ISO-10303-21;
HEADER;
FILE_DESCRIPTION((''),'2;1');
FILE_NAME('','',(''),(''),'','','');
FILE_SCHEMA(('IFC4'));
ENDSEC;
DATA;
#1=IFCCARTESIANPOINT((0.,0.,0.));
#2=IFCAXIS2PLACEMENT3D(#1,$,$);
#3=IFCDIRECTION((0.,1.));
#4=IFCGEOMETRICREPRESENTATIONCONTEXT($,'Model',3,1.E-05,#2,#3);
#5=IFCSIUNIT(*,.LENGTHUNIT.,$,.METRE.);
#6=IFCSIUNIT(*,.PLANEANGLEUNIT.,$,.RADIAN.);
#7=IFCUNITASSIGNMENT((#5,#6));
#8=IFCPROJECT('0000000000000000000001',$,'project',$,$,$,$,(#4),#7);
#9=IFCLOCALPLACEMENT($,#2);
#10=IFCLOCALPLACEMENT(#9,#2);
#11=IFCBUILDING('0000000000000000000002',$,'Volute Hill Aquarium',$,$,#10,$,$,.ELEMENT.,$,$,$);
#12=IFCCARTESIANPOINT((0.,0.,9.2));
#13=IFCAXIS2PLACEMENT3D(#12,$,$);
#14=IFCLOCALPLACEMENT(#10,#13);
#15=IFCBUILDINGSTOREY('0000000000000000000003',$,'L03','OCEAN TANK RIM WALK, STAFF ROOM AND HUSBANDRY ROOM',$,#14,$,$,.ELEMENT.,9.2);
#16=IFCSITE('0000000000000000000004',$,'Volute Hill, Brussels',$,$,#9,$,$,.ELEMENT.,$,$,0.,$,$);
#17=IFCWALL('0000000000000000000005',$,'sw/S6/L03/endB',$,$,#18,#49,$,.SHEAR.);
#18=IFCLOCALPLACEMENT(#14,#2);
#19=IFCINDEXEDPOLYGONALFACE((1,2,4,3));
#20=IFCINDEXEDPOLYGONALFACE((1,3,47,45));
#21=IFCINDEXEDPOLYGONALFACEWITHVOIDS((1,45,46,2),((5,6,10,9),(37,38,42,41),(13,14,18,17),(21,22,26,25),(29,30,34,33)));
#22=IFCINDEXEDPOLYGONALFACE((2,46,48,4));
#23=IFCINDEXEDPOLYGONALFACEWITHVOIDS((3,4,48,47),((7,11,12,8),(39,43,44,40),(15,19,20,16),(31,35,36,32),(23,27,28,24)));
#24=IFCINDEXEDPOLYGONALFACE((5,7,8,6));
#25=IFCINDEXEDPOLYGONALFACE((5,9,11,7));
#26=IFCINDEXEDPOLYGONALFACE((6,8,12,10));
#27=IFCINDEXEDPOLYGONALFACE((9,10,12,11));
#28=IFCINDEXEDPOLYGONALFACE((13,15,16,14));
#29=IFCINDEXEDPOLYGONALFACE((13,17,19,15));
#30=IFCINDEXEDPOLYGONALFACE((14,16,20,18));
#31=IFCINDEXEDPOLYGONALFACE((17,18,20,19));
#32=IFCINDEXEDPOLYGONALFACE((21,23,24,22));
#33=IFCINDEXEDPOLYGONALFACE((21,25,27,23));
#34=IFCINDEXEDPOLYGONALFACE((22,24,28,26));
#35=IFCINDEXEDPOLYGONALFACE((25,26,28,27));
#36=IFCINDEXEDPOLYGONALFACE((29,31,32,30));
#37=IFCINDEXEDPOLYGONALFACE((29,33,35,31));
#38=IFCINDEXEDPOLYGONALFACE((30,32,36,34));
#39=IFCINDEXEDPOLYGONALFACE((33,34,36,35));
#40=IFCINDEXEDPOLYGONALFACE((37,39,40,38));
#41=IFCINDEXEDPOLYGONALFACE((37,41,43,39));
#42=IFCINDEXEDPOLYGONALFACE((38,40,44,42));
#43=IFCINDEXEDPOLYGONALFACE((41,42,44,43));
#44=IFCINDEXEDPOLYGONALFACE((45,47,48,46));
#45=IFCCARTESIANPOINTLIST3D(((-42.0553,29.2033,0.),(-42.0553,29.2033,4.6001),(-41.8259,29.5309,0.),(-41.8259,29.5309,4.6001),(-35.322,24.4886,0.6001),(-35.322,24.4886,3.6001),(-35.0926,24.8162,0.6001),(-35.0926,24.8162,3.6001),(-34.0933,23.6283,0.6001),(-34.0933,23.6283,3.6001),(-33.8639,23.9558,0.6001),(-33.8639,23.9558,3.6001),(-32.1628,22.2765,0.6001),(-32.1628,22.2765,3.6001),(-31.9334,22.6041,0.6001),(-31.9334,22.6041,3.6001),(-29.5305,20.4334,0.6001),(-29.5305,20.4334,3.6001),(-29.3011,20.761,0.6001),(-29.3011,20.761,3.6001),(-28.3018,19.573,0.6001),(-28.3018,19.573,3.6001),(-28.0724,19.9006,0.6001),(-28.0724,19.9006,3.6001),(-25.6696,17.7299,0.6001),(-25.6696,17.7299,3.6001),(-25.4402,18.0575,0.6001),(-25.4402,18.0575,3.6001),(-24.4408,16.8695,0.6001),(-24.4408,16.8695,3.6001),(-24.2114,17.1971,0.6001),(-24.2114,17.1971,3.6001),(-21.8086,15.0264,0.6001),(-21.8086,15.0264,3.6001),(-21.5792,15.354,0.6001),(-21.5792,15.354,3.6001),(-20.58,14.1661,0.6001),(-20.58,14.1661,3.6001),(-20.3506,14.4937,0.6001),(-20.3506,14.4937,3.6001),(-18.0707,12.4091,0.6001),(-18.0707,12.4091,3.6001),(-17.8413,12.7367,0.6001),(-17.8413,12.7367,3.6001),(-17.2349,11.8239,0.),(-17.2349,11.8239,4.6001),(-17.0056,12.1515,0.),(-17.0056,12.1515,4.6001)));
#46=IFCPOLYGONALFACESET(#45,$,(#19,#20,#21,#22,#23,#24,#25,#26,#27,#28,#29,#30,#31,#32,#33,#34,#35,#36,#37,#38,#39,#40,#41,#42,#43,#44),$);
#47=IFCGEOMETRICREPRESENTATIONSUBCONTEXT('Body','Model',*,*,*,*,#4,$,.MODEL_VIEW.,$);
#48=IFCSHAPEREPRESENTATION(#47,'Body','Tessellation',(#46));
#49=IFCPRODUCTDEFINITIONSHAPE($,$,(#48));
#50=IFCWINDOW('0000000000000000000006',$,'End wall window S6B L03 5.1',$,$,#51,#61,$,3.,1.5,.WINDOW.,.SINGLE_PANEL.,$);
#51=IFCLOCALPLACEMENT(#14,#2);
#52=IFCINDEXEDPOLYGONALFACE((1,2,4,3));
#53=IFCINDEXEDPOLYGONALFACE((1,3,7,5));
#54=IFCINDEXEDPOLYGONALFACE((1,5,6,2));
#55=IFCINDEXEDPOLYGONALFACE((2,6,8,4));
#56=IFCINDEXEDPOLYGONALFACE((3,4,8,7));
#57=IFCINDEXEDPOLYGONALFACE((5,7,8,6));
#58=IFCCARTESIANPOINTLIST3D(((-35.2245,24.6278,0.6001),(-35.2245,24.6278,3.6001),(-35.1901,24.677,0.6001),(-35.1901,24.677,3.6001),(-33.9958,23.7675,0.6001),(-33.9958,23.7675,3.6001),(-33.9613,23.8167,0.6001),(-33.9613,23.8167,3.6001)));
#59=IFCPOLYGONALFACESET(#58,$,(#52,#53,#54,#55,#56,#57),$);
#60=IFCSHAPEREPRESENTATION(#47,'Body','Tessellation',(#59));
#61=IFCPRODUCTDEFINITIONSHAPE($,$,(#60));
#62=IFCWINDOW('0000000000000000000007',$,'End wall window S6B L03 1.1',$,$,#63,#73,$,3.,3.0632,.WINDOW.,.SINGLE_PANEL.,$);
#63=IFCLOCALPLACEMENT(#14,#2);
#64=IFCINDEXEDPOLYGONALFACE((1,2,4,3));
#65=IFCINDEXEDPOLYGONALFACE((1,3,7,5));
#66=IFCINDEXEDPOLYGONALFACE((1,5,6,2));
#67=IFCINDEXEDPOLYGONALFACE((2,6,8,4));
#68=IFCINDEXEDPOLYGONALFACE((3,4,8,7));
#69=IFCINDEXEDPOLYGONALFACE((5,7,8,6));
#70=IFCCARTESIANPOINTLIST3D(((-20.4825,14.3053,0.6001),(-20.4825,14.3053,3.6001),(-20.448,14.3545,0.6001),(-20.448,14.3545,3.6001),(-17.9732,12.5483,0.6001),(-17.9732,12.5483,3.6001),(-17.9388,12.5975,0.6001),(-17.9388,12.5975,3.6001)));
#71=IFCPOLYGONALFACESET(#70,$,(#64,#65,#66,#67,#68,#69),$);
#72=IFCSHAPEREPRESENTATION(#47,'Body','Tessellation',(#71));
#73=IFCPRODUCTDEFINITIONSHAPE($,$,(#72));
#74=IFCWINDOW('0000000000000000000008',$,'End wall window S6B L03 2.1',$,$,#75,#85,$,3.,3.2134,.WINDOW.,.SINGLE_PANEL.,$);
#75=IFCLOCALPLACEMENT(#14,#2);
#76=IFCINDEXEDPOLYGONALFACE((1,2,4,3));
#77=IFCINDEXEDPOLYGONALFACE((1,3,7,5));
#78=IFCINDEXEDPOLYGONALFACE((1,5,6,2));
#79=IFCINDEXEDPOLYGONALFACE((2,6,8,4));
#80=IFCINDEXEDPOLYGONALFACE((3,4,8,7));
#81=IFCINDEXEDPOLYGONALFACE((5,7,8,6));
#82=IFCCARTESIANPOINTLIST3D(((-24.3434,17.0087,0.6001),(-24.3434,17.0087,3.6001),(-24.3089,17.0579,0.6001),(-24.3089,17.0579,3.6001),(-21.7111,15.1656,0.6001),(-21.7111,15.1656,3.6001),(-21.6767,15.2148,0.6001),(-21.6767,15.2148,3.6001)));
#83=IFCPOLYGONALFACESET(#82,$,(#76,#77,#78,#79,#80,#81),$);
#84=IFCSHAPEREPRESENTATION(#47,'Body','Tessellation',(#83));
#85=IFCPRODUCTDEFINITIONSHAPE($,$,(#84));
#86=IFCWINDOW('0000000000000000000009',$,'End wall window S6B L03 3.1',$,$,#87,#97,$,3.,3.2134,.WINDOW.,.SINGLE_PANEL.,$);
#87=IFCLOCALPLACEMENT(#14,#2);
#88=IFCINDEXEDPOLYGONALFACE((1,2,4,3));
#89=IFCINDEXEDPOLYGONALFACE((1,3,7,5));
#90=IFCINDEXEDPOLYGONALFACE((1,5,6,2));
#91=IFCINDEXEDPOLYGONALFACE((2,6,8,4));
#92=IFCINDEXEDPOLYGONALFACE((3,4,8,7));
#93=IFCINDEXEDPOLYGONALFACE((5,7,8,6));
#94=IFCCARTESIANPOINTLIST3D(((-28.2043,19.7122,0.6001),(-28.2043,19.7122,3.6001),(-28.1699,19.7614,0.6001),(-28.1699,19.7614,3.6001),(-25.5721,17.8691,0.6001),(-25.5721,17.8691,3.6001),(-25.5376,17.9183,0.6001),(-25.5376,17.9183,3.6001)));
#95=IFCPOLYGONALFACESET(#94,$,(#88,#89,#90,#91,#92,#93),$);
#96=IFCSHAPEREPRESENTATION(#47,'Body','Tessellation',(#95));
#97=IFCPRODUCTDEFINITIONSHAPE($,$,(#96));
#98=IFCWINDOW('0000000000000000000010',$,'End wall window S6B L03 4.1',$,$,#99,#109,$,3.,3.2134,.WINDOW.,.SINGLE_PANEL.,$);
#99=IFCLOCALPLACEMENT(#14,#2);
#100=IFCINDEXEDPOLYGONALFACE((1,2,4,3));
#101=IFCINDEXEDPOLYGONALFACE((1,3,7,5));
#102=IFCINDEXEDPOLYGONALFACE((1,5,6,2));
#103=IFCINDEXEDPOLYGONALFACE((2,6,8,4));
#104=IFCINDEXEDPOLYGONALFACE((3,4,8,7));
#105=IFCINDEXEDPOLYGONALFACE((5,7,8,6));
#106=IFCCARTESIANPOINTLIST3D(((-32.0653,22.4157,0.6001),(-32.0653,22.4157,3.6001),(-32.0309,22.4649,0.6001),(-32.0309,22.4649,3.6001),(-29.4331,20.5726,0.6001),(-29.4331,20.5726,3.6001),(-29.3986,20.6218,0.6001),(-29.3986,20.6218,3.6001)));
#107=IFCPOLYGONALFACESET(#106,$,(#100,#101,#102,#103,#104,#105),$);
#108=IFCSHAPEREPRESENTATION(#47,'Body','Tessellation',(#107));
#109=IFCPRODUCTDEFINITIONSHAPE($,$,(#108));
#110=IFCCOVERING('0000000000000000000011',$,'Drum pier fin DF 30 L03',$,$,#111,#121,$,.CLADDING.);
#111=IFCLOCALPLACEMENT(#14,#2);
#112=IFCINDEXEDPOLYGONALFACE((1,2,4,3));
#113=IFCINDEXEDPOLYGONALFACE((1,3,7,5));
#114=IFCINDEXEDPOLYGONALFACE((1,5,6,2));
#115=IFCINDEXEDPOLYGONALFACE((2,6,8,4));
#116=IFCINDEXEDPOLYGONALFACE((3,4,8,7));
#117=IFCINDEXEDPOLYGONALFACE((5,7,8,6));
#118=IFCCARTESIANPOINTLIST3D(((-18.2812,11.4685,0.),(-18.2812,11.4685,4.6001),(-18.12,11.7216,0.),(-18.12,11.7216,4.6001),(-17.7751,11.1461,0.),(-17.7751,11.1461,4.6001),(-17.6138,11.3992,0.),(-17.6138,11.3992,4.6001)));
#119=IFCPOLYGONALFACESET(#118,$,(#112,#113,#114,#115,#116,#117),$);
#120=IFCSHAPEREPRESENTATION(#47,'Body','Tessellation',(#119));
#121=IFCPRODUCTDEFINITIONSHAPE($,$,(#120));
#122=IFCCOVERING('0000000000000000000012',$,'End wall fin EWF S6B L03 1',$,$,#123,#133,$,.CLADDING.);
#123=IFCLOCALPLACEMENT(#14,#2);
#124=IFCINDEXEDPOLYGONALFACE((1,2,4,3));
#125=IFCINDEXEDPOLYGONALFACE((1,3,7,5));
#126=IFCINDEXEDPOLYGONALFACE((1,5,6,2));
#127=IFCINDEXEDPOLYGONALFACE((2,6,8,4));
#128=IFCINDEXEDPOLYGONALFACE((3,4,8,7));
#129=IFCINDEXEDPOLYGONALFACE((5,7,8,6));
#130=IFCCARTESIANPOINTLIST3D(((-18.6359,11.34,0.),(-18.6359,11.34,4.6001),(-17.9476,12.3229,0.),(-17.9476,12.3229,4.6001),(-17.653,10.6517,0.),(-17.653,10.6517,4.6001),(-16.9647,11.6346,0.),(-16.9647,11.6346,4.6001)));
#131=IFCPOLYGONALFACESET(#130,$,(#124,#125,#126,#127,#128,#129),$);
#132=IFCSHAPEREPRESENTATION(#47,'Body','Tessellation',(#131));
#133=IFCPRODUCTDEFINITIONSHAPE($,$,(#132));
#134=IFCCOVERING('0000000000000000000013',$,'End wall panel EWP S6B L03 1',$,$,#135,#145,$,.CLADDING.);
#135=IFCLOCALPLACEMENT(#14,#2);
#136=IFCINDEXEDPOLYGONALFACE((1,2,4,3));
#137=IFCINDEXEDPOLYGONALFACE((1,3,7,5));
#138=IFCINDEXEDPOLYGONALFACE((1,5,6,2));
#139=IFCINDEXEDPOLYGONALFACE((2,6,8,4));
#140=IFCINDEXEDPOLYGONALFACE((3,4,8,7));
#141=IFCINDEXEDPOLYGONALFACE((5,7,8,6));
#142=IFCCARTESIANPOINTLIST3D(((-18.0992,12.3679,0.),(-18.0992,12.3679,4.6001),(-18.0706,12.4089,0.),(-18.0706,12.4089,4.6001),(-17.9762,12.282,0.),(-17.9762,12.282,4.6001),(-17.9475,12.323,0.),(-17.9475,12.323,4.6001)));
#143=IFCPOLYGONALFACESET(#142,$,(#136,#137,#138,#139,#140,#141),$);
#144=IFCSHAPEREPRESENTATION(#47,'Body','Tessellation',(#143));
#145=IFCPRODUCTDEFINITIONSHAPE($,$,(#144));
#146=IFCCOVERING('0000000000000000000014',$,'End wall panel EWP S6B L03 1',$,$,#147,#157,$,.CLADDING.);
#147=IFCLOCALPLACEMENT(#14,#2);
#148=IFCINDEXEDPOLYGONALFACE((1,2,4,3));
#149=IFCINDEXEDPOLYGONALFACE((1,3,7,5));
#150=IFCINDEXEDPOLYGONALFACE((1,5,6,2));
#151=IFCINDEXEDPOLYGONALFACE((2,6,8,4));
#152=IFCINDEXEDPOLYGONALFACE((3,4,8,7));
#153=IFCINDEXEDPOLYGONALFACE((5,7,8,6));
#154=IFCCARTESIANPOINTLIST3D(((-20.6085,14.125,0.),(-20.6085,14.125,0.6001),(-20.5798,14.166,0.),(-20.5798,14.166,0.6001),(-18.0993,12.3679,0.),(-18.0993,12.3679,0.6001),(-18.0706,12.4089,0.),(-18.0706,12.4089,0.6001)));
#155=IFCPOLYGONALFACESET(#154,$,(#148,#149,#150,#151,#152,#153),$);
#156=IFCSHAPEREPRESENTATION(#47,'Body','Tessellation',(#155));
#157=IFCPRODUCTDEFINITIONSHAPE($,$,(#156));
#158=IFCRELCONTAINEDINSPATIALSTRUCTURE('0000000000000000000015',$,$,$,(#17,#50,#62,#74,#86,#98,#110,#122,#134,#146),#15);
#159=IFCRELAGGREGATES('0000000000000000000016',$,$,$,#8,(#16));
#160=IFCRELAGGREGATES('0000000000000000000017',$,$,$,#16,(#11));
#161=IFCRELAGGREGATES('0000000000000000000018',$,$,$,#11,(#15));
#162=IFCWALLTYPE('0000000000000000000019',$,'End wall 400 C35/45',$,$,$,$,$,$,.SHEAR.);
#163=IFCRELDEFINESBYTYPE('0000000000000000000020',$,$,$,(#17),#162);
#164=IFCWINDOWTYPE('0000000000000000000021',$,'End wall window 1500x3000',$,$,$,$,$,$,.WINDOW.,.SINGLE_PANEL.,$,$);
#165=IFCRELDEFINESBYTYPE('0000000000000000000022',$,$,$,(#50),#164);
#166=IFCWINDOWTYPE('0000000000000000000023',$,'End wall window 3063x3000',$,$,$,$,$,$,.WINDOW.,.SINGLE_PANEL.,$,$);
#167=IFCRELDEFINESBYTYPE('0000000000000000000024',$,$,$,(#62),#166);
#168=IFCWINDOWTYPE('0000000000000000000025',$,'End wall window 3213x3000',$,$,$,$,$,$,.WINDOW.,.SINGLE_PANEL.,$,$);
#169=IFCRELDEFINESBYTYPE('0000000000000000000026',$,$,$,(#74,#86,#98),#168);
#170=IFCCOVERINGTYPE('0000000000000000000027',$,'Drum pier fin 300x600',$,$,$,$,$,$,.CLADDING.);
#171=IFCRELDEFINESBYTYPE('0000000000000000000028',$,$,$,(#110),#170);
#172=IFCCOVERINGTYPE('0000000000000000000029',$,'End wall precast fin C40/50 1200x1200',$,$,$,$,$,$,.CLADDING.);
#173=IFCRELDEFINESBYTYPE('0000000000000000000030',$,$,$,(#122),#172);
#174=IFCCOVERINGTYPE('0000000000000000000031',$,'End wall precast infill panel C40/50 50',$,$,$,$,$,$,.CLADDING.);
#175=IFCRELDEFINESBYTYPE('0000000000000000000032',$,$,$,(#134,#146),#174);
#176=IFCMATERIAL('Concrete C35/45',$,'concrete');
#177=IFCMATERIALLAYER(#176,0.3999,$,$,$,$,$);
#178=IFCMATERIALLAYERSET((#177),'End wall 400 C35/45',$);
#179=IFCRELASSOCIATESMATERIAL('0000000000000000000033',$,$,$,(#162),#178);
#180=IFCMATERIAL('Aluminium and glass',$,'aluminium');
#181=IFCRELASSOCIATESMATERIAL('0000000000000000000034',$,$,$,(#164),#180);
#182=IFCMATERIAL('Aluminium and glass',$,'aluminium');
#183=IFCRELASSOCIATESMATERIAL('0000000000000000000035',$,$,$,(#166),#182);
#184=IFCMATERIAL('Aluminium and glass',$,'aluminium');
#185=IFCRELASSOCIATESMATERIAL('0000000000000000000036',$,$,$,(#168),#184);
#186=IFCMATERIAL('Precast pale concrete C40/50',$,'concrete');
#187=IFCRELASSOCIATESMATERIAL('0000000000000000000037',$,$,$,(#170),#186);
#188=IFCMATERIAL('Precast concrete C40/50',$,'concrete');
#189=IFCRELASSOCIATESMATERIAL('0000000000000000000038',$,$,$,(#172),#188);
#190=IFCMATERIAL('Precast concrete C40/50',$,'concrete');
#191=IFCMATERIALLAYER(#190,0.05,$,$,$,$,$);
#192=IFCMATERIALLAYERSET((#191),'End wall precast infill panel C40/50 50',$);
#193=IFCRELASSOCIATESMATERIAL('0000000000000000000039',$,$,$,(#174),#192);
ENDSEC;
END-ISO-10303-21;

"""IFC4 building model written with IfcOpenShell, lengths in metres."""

from ifc_helpers import new_model, si_unit, direction, frame, frame_2d, origin, origin_2d, place, context, subcontext, project, spatial, polyline, rectangle, outline, extrude, material, layer, layer_set, type_object, element, fill, save


model = new_model("IFC4")

# Units and contexts
model_context = context("Model", 3, precision=1e-05, world=origin(), true_north=direction((0.0, 1.0)))
body_context = subcontext(model_context, "Body", "Model", "MODEL_VIEW")
ifc_project = project(units=[si_unit("LENGTHUNIT", "METRE"), si_unit("PLANEANGLEUNIT", "RADIAN")], contexts=[model_context])

# Site, building, storey
site_placement = place(None, origin())
site = spatial("IfcSite", under=ifc_project, at=site_placement, Name="Volute Hill, Brussels", CompositionType="ELEMENT", RefElevation=0.0)
building_placement = place(site_placement, origin())
building = spatial("IfcBuilding", under=site, at=building_placement, Name="Volute Hill Aquarium", CompositionType="ELEMENT")
storey_placement = place(building_placement, frame((0.0, 0.0, 9.2)))
storey = spatial("IfcBuildingStorey", under=building, at=storey_placement, Name="L03", Description="OCEAN TANK RIM WALK, STAFF ROOM AND HUSBANDRY ROOM", CompositionType="ELEMENT", Elevation=9.2)

# Wall, openings, windows
ifc_material_1 = material(Name="Concrete C35/45", Category="concrete")
ifc_layer_1 = layer(ifc_material_1, 0.3999)
ifc_layer_set_1 = layer_set([ifc_layer_1], Name="End wall 400 C35/45")
wall_type_1 = type_object("IfcWallType", Name="End wall 400 C35/45", PredefinedType="SHEAR", material=ifc_layer_set_1)
wall_1_placement = place(storey_placement, frame((-17.1204, 11.9878, 0.0), z_axis=(0.0, 0.0, 1.0), x_axis=(-0.819152, 0.573577, 0.0)))
wall_1 = element("IfcWall", 1, at=wall_1_placement, inside=storey, type_object=wall_type_1, Name="sw/S6/L03/endB", PredefinedType="SHEAR", context=body_context, shape_type="SweptSolid", body=[
    extrude(rectangle(XDim=30.3, YDim=0.3999, at=frame_2d((15.1499, 0.0))), origin(), (0.0, 0.0, 1.0), 4.6001),
])
opening_1_placement = place(wall_1_placement, frame((1.02, 0.0, 0.6001)))
opening_1 = element("IfcOpeningElement", 2, at=opening_1_placement, cuts=wall_1, PredefinedType="OPENING", context=body_context, shape_type="SweptSolid", body=[
    extrude(rectangle(XDim=3.0632, YDim=3.0, at=frame_2d((1.5317, 1.5))), frame((0.0, 0.21, 0.0), z_axis=(0.0, -1.0, 0.0), x_axis=(1.0, 0.0, 0.0)), (0.0, 0.0, 1.0), 0.4199),
])
opening_2_placement = place(wall_1_placement, frame((5.5833, 0.0, 0.6001)))
opening_2 = element("IfcOpeningElement", 3, at=opening_2_placement, cuts=wall_1, PredefinedType="OPENING", context=body_context, shape_type="SweptSolid", body=[
    extrude(rectangle(XDim=3.2134, YDim=3.0, at=frame_2d((1.6067, 1.5))), frame((0.0, 0.21, 0.0), z_axis=(0.0, -1.0, 0.0), x_axis=(1.0, 0.0, 0.0)), (0.0, 0.0, 1.0), 0.4199),
])
opening_3_placement = place(wall_1_placement, frame((10.2966, 0.0, 0.6001)))
opening_3 = element("IfcOpeningElement", 4, at=opening_3_placement, cuts=wall_1, PredefinedType="OPENING", context=body_context, shape_type="SweptSolid", body=[
    extrude(rectangle(XDim=3.2134, YDim=3.0, at=frame_2d((1.6067, 1.5))), frame((0.0, 0.21, 0.0), z_axis=(0.0, -1.0, 0.0), x_axis=(1.0, 0.0, 0.0)), (0.0, 0.0, 1.0), 0.4199),
])
opening_4_placement = place(wall_1_placement, frame((15.01, 0.0, 0.6001)))
opening_4 = element("IfcOpeningElement", 5, at=opening_4_placement, cuts=wall_1, PredefinedType="OPENING", context=body_context, shape_type="SweptSolid", body=[
    extrude(rectangle(XDim=3.2134, YDim=3.0, at=frame_2d((1.6067, 1.5))), frame((0.0, 0.21, 0.0), z_axis=(0.0, -1.0, 0.0), x_axis=(1.0, 0.0, 0.0)), (0.0, 0.0, 1.0), 0.4199),
])
opening_5_placement = place(wall_1_placement, frame((20.5801, 0.0, 0.6001)))
opening_5 = element("IfcOpeningElement", 6, at=opening_5_placement, cuts=wall_1, PredefinedType="OPENING", context=body_context, shape_type="SweptSolid", body=[
    extrude(rectangle(XDim=1.5, YDim=3.0, at=frame_2d((0.75, 1.5))), frame((0.0, 0.21, 0.0), z_axis=(0.0, -1.0, 0.0), x_axis=(1.0, 0.0, 0.0)), (0.0, 0.0, 1.0), 0.4199),
])
ifc_material_2 = material(Name="Aluminium and glass", Category="aluminium")
window_type_1 = type_object("IfcWindowType", Name="End wall window 1500x3000", PartitioningType="SINGLE_PANEL", PredefinedType="WINDOW", material=ifc_material_2)
window_1_placement = place(opening_5_placement, origin())
window_1 = element("IfcWindow", 7, at=window_1_placement, inside=storey, type_object=window_type_1, Name="End wall window S6B L03 5.1", OverallHeight=3.0, OverallWidth=1.5, PartitioningType="SINGLE_PANEL", PredefinedType="WINDOW", context=body_context, shape_type="SweptSolid", body=[
    extrude(rectangle(XDim=1.5, YDim=3.0, at=frame_2d((0.75, 1.5))), frame((0.0, 0.03, 0.0), z_axis=(0.0, -1.0, 0.0), x_axis=(1.0, 0.0, 0.0)), (0.0, 0.0, 1.0), 0.0601),
])
fill(opening_5, window_1)
ifc_material_3 = material(Name="Aluminium and glass", Category="aluminium")
window_type_2 = type_object("IfcWindowType", Name="End wall window 3063x3000", PartitioningType="SINGLE_PANEL", PredefinedType="WINDOW", material=ifc_material_3)
window_2_placement = place(opening_1_placement, origin())
window_2 = element("IfcWindow", 8, at=window_2_placement, inside=storey, type_object=window_type_2, Name="End wall window S6B L03 1.1", OverallHeight=3.0, OverallWidth=3.0632, PartitioningType="SINGLE_PANEL", PredefinedType="WINDOW", context=body_context, shape_type="SweptSolid", body=[
    extrude(rectangle(XDim=3.0632, YDim=3.0, at=frame_2d((1.5317, 1.5))), frame((0.0, 0.03, 0.0), z_axis=(0.0, -1.0, 0.0), x_axis=(1.0, 0.0, 0.0)), (0.0, 0.0, 1.0), 0.0601),
])
fill(opening_1, window_2)
ifc_material_4 = material(Name="Aluminium and glass", Category="aluminium")
window_type_3 = type_object("IfcWindowType", Name="End wall window 3213x3000", PartitioningType="SINGLE_PANEL", PredefinedType="WINDOW", material=ifc_material_4)
window_3_placement = place(opening_2_placement, origin())
window_3 = element("IfcWindow", 9, at=window_3_placement, inside=storey, type_object=window_type_3, Name="End wall window S6B L03 2.1", OverallHeight=3.0, OverallWidth=3.2134, PartitioningType="SINGLE_PANEL", PredefinedType="WINDOW", context=body_context, shape_type="SweptSolid", body=[
    extrude(rectangle(XDim=3.2134, YDim=3.0, at=frame_2d((1.6067, 1.5))), frame((0.0, 0.03, 0.0), z_axis=(0.0, -1.0, 0.0), x_axis=(1.0, 0.0, 0.0)), (0.0, 0.0, 1.0), 0.0601),
])
fill(opening_2, window_3)
window_4_placement = place(opening_3_placement, origin())
window_4 = element("IfcWindow", 10, at=window_4_placement, inside=storey, type_object=window_type_3, Name="End wall window S6B L03 3.1", OverallHeight=3.0, OverallWidth=3.2134, PartitioningType="SINGLE_PANEL", PredefinedType="WINDOW", context=body_context, shape_type="SweptSolid", body=[
    extrude(rectangle(XDim=3.2134, YDim=3.0, at=frame_2d((1.6067, 1.5))), frame((0.0, 0.03, 0.0), z_axis=(0.0, -1.0, 0.0), x_axis=(1.0, 0.0, 0.0)), (0.0, 0.0, 1.0), 0.0601),
])
fill(opening_3, window_4)
window_5_placement = place(opening_4_placement, origin())
window_5 = element("IfcWindow", 11, at=window_5_placement, inside=storey, type_object=window_type_3, Name="End wall window S6B L03 4.1", OverallHeight=3.0, OverallWidth=3.2134, PartitioningType="SINGLE_PANEL", PredefinedType="WINDOW", context=body_context, shape_type="SweptSolid", body=[
    extrude(rectangle(XDim=3.2134, YDim=3.0, at=frame_2d((1.6067, 1.5))), frame((0.0, 0.03, 0.0), z_axis=(0.0, -1.0, 0.0), x_axis=(1.0, 0.0, 0.0)), (0.0, 0.0, 1.0), 0.0601),
])
fill(opening_4, window_5)

# Coverings
ifc_material_5 = material(Name="Precast pale concrete C40/50", Category="concrete")
covering_type_1 = type_object("IfcCoveringType", Name="Drum pier fin 300x600", PredefinedType="CLADDING", material=ifc_material_5)
covering_1_placement = place(storey_placement, frame((-17.9475, 11.4338, 0.0), z_axis=(0.0, 0.0, 1.0), x_axis=(-0.5373, -0.843391, 0.0)))
element("IfcCovering", 12, at=covering_1_placement, inside=storey, type_object=covering_type_1, Name="Drum pier fin DF 30 L03", PredefinedType="CLADDING", context=body_context, shape_type="SweptSolid", body=[
    extrude(rectangle(XDim=0.3, YDim=0.6001, at=origin_2d()), origin(), (0.0, 0.0, 1.0), 4.6001),
])
ifc_material_6 = material(Name="Precast concrete C40/50", Category="concrete")
covering_type_2 = type_object("IfcCoveringType", Name="End wall precast fin C40/50 1200x1200", PredefinedType="CLADDING", material=ifc_material_6)
covering_2_placement = place(storey_placement, frame((-17.8003, 11.4873, 0.0), z_axis=(0.0, 0.0, 1.0), x_axis=(-0.819151, 0.573577, 0.0)))
element("IfcCovering", 13, at=covering_2_placement, inside=storey, type_object=covering_type_2, Name="End wall fin EWF S6B L03 1", PredefinedType="CLADDING", context=body_context, shape_type="SweptSolid", body=[
    extrude(rectangle(XDim=1.2, YDim=1.2, at=origin_2d()), origin(), (0.0, 0.0, 1.0), 4.6001),
])
ifc_material_7 = material(Name="Precast concrete C40/50", Category="concrete")
ifc_layer_2 = layer(ifc_material_7, 0.05)
ifc_layer_set_2 = layer_set([ifc_layer_2], Name="End wall precast infill panel C40/50 50")
covering_type_3 = type_object("IfcCoveringType", Name="End wall precast infill panel C40/50 50", PredefinedType="CLADDING", material=ifc_layer_set_2)
covering_3_placement = place(storey_placement, frame((-17.9475, 12.323, 0.0), z_axis=(0.572589, 0.819843, 0.0), x_axis=(-0.819843, 0.572589, 0.0)))
element("IfcCovering", 14, at=covering_3_placement, inside=storey, type_object=covering_type_3, Name="End wall panel EWP S6B L03 1", PredefinedType="CLADDING", context=body_context, shape_type="SweptSolid", body=[
    extrude(outline(polyline([(0.0, 0.0), (0.1501, 0.0), (0.1501, 4.6001), (0.0, 4.6001), (0.0, 0.0)])), origin(), (0.0, 0.0, -1.0), 0.05),
])
covering_4_placement = place(storey_placement, frame((-18.0706, 12.4089, 0.0), z_axis=(0.573591, 0.819142, 0.0), x_axis=(-0.819142, 0.573591, 0.0)))
element("IfcCovering", 15, at=covering_4_placement, inside=storey, type_object=covering_type_3, Name="End wall panel EWP S6B L03 1", PredefinedType="CLADDING", context=body_context, shape_type="SweptSolid", body=[
    extrude(outline(polyline([(0.0, 0.0), (3.0633, 0.0), (3.0633, 0.6001), (0.0, 0.6001), (0.0, 0.0)])), origin(), (0.0, 0.0, -1.0), 0.05),
])

save(model, "model.ifc")
